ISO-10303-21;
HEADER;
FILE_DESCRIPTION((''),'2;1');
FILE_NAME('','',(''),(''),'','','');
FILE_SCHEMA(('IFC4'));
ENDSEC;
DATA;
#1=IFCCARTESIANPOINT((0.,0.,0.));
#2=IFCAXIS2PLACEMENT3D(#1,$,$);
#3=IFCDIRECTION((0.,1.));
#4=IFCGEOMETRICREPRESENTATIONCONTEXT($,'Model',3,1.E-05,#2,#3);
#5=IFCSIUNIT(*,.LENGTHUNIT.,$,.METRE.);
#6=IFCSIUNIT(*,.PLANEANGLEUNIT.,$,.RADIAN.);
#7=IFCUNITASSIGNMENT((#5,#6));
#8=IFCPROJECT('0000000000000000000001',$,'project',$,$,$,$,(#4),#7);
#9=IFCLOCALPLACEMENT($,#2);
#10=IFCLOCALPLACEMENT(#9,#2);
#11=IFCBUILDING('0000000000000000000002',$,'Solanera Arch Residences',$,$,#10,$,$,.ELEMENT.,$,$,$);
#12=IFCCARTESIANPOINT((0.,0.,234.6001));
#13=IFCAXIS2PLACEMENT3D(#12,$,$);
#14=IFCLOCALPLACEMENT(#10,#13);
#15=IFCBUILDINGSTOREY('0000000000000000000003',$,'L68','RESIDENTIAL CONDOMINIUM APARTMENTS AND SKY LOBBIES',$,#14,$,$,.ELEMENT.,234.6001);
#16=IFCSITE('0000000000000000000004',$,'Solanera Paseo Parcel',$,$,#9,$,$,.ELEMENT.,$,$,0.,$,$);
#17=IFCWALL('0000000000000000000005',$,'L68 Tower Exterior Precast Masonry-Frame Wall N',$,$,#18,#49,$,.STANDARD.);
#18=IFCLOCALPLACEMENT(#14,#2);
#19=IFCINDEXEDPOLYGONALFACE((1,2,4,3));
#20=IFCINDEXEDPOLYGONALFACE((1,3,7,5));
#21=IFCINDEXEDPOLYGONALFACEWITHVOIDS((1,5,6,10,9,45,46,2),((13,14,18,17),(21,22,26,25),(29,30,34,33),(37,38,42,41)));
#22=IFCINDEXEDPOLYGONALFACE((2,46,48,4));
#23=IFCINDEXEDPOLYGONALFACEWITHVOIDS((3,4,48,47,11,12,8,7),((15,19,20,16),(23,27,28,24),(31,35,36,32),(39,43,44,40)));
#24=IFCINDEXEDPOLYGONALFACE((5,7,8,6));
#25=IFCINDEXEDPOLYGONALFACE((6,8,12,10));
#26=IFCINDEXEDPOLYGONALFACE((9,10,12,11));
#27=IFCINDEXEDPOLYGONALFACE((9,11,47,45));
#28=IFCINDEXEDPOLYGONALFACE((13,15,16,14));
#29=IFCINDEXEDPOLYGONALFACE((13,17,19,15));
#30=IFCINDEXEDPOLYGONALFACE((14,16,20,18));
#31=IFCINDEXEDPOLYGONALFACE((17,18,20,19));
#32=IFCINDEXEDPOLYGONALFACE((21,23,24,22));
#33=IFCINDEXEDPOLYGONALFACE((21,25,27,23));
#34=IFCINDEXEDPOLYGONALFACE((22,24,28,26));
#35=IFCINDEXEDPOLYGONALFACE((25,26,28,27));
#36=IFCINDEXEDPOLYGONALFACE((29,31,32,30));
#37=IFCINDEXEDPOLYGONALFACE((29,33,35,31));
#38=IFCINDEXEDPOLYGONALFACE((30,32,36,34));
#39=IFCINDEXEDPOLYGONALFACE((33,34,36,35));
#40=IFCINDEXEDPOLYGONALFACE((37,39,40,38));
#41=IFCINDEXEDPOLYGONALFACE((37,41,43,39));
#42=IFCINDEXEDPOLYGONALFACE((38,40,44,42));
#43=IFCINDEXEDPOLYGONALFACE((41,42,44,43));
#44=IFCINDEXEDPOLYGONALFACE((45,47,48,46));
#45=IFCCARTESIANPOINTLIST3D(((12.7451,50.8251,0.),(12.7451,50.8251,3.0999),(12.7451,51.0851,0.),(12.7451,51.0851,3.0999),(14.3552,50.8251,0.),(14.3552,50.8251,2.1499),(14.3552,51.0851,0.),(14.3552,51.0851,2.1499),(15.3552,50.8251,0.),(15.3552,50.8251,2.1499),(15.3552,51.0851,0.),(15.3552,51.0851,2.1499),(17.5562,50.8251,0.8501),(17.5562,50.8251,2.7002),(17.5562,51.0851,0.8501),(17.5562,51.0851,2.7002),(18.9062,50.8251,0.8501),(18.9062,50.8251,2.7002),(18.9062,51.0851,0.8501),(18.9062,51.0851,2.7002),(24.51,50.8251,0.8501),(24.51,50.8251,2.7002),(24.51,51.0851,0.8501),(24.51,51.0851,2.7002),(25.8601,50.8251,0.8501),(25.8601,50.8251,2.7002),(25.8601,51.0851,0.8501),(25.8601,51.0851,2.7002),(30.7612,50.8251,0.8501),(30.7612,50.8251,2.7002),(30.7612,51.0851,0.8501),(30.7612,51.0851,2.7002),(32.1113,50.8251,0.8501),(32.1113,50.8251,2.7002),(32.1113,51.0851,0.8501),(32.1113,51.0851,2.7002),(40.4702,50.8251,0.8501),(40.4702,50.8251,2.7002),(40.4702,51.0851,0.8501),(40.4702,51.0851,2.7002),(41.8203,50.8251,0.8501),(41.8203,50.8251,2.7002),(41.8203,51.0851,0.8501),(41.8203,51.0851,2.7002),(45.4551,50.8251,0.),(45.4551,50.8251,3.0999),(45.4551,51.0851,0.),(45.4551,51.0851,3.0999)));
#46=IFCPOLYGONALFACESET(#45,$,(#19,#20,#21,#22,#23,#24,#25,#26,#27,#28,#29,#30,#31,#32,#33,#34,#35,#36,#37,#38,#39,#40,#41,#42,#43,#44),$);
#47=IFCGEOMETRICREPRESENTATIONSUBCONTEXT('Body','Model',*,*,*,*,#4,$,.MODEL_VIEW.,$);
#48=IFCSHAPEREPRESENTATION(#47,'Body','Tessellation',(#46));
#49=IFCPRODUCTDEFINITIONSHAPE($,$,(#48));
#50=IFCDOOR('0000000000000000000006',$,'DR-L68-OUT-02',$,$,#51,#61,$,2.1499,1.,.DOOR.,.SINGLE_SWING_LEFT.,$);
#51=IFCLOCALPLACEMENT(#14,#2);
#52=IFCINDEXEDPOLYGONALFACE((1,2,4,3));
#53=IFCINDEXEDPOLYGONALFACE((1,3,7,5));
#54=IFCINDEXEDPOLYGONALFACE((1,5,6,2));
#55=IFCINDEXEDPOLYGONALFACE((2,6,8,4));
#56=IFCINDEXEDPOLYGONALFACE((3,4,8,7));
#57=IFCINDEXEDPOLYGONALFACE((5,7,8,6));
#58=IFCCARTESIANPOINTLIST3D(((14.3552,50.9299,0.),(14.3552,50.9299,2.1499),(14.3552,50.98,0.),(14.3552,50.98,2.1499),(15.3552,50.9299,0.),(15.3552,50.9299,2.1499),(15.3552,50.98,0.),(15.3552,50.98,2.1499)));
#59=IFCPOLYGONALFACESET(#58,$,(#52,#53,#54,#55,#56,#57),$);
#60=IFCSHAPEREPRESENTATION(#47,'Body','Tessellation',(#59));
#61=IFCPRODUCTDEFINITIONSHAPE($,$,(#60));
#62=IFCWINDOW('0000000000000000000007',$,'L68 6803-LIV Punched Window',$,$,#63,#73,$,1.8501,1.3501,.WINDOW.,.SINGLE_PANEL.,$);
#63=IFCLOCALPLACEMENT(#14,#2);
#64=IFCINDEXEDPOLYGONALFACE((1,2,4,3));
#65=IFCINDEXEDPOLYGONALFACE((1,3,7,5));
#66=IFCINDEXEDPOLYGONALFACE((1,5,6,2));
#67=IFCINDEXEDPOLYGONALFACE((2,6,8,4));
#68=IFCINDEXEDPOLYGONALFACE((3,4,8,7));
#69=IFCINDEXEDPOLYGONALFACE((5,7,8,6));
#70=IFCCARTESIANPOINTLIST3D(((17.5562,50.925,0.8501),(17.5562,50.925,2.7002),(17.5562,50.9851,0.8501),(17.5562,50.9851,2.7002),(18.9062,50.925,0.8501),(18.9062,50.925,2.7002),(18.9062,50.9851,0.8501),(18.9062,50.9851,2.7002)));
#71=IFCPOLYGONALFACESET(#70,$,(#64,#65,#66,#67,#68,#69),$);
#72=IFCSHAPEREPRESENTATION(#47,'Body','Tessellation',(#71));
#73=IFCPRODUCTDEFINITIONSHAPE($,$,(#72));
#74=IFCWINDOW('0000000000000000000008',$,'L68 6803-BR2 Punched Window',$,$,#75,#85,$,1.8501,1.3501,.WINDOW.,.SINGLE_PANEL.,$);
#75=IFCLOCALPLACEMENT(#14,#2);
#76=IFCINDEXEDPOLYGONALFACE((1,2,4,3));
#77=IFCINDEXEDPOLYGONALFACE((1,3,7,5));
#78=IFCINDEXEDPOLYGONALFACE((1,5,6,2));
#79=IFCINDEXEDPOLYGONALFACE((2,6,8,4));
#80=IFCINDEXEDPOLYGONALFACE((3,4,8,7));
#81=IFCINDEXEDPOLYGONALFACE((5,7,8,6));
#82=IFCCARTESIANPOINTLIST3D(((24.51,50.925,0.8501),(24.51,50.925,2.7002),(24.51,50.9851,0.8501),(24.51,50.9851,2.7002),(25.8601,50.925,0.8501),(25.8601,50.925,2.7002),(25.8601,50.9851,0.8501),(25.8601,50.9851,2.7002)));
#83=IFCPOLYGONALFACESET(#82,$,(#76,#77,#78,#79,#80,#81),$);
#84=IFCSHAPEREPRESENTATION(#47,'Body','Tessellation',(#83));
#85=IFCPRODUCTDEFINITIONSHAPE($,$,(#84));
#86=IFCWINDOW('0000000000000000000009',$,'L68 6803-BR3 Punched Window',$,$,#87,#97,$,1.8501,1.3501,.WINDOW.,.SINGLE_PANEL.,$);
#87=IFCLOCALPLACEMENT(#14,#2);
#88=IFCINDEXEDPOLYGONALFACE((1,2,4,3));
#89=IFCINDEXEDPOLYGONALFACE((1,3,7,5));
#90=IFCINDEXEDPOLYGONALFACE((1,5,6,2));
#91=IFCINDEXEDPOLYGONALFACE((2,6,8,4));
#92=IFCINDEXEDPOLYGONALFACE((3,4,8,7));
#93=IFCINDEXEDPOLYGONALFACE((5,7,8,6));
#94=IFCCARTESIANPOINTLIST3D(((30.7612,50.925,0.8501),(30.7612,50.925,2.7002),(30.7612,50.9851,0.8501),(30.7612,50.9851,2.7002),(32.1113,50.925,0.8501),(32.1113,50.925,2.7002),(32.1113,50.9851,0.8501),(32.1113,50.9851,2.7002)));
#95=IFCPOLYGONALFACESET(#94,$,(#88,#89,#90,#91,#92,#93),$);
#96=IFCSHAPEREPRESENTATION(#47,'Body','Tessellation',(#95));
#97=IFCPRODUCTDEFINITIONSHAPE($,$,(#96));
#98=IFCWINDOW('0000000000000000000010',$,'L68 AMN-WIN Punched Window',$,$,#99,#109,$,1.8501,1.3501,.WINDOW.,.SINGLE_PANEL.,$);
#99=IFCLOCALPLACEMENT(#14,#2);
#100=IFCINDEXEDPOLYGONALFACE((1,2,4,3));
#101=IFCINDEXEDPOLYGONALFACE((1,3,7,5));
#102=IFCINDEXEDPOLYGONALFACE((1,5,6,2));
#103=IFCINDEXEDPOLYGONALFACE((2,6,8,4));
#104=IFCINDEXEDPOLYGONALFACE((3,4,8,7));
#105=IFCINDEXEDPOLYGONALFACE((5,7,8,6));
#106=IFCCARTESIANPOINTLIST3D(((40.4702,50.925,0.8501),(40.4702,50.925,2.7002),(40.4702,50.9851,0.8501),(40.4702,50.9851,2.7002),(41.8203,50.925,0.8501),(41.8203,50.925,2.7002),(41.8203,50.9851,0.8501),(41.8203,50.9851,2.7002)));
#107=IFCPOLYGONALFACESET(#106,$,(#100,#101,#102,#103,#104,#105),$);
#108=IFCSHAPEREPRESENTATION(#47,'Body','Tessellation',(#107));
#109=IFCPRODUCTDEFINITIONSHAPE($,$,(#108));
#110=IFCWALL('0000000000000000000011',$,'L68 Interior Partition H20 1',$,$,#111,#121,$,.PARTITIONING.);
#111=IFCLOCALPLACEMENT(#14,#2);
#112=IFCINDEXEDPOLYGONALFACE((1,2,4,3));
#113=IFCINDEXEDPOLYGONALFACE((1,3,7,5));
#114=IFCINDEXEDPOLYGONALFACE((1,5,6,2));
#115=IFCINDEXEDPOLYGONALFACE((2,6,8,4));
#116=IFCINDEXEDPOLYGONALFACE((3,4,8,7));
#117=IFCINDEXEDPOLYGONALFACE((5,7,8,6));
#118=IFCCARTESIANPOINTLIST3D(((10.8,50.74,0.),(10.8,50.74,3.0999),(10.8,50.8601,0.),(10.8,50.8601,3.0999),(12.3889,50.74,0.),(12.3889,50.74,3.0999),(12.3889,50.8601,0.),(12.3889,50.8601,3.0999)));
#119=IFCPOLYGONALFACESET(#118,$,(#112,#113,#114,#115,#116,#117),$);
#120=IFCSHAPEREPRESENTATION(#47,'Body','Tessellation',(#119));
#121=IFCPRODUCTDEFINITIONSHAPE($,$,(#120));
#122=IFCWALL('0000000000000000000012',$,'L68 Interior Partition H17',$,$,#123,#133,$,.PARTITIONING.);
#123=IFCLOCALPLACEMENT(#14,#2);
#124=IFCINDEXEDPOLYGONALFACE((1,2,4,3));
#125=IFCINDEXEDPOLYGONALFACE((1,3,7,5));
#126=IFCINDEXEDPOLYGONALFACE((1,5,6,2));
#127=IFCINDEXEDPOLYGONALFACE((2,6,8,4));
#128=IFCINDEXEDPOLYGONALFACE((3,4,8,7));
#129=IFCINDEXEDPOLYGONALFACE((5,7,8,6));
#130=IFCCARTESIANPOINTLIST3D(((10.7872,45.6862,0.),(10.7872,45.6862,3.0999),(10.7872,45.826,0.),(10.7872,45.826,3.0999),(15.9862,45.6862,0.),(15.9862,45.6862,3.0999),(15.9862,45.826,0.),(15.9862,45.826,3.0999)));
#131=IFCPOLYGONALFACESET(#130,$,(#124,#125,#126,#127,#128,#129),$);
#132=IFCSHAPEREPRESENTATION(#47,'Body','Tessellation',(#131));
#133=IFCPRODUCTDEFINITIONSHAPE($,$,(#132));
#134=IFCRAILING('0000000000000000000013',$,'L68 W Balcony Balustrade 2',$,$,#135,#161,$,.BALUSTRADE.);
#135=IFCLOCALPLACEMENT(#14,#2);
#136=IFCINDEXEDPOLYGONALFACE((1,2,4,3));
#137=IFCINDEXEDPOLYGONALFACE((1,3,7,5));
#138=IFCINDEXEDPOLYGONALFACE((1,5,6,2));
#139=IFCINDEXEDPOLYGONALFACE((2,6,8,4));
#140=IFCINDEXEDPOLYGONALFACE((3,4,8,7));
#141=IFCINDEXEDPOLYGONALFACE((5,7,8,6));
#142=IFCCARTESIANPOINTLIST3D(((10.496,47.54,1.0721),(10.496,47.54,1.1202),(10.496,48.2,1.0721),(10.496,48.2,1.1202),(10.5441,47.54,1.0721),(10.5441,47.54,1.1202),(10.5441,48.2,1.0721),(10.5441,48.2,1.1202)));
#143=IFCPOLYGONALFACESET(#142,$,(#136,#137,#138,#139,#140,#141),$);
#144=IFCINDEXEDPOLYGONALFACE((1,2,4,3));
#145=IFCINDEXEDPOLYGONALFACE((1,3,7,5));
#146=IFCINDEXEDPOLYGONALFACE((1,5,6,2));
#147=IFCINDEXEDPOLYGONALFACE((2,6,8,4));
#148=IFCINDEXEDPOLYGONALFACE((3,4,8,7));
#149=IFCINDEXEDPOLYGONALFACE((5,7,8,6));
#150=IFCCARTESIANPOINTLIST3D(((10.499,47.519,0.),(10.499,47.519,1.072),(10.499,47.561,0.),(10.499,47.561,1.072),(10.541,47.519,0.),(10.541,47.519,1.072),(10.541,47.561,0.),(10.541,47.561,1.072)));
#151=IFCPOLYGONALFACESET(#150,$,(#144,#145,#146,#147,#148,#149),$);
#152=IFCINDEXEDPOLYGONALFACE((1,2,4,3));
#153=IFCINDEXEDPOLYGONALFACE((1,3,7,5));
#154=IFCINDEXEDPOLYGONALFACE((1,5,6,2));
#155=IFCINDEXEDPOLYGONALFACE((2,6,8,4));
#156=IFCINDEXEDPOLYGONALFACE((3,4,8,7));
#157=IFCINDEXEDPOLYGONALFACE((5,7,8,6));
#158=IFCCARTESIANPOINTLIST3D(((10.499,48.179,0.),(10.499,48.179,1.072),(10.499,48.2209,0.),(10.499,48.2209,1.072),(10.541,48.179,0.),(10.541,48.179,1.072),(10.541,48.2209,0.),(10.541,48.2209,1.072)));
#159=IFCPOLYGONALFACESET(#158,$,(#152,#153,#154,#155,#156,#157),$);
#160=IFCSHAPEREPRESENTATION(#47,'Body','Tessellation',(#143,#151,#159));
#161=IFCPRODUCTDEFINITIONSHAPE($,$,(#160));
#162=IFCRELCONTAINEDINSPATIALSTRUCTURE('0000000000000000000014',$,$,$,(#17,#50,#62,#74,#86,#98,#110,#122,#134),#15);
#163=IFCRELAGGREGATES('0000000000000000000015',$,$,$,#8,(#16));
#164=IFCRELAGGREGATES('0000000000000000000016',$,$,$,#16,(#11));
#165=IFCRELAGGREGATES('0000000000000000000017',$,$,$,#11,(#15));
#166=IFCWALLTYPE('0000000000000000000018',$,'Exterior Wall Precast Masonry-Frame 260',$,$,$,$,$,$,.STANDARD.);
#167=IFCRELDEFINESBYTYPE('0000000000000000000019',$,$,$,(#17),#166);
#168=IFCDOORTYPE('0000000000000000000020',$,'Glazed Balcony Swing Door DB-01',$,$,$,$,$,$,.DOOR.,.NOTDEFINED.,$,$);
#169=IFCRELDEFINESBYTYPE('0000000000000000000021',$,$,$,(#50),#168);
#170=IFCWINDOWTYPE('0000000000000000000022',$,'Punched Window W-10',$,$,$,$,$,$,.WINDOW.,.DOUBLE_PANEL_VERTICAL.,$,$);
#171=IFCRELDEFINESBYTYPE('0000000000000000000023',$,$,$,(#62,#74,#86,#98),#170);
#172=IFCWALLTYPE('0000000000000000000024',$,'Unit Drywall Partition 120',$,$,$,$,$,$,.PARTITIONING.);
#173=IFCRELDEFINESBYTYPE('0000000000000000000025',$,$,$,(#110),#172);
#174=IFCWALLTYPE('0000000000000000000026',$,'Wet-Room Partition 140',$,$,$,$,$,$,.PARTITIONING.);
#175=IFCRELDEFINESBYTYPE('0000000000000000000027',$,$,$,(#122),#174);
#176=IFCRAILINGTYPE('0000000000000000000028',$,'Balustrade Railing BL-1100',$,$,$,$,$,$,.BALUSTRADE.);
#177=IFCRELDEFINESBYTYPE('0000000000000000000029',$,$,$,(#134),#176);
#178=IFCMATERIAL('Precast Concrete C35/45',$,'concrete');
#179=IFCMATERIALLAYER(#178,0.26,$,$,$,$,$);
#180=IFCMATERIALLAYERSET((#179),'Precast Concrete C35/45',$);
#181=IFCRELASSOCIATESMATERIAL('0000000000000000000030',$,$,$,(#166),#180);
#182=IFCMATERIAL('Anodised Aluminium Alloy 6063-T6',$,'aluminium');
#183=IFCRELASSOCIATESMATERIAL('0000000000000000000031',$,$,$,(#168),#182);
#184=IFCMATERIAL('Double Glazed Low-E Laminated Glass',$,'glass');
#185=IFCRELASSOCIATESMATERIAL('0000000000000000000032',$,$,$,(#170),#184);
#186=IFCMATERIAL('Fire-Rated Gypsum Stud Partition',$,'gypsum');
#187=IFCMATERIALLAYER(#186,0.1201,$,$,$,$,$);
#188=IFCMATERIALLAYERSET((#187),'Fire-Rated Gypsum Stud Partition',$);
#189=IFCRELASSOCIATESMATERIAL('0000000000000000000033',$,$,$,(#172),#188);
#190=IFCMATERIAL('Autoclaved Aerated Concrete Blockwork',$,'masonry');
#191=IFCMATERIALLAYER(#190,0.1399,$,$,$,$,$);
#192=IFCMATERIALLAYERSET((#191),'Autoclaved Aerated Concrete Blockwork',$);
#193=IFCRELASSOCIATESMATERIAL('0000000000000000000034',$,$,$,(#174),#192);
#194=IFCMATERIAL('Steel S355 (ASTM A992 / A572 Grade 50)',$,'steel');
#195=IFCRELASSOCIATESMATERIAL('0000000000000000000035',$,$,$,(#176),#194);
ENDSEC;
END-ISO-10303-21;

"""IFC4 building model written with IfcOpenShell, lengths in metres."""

from ifc_helpers import new_model, si_unit, direction, frame, frame_2d, origin, origin_2d, place, context, subcontext, project, spatial, rectangle, extrude, material, layer, layer_set, type_object, element, fill, save


model = new_model("IFC4")

# Units and contexts
model_context = context("Model", 3, precision=1e-05, world=origin(), true_north=direction((0.0, 1.0)))
body_context = subcontext(model_context, "Body", "Model", "MODEL_VIEW")
ifc_project = project(units=[si_unit("LENGTHUNIT", "METRE"), si_unit("PLANEANGLEUNIT", "RADIAN")], contexts=[model_context])

# Site, building, storey
site_placement = place(None, origin())
site = spatial("IfcSite", under=ifc_project, at=site_placement, Name="Solanera Paseo Parcel", CompositionType="ELEMENT", RefElevation=0.0)
building_placement = place(site_placement, origin())
building = spatial("IfcBuilding", under=site, at=building_placement, Name="Solanera Arch Residences", CompositionType="ELEMENT")
storey_placement = place(building_placement, frame((0.0, 0.0, 234.6001)))
storey = spatial("IfcBuildingStorey", under=building, at=storey_placement, Name="L68", Description="RESIDENTIAL CONDOMINIUM APARTMENTS AND SKY LOBBIES", CompositionType="ELEMENT", Elevation=234.6001)

# Shared definitions
ifc_material_1 = material(Name="Precast Concrete C35/45", Category="concrete")
ifc_layer_1 = layer(ifc_material_1, 0.26)
ifc_layer_set_1 = layer_set([ifc_layer_1], Name="Precast Concrete C35/45")
wall_type_1 = type_object("IfcWallType", Name="Exterior Wall Precast Masonry-Frame 260", PredefinedType="STANDARD", material=ifc_layer_set_1)

# Wall, openings, door, windows
wall_1_placement = place(storey_placement, frame((12.7451, 50.9551, 0.0), z_axis=(0.0, 0.0, 1.0), x_axis=(1.0, 0.0, 0.0)))
wall_1 = element("IfcWall", 1, at=wall_1_placement, inside=storey, type_object=wall_type_1, Name="L68 Tower Exterior Precast Masonry-Frame Wall N", PredefinedType="STANDARD", context=body_context, shape_type="SweptSolid", body=[
    extrude(rectangle(XDim=32.71, YDim=0.26, at=frame_2d((16.355, 0.0))), origin(), (0.0, 0.0, 1.0), 3.0999),
])
opening_1_placement = place(wall_1_placement, frame((1.6101, 0.0, 0.0)))
opening_1 = element("IfcOpeningElement", 2, at=opening_1_placement, cuts=wall_1, PredefinedType="OPENING", context=body_context, shape_type="SweptSolid", body=[
    extrude(rectangle(XDim=1.0, YDim=2.1499, at=frame_2d((0.5, 1.075))), frame((0.0, 0.1399, 0.0), z_axis=(0.0, -1.0, 0.0), x_axis=(1.0, 0.0, 0.0)), (0.0, 0.0, 1.0), 0.28),
])
opening_2_placement = place(wall_1_placement, frame((4.811, 0.0, 0.8501)))
opening_2 = element("IfcOpeningElement", 3, at=opening_2_placement, cuts=wall_1, PredefinedType="OPENING", context=body_context, shape_type="SweptSolid", body=[
    extrude(rectangle(XDim=1.3501, YDim=1.8501, at=frame_2d((0.675, 0.925))), frame((0.0, 0.1399, 0.0), z_axis=(0.0, -1.0, 0.0), x_axis=(1.0, 0.0, 0.0)), (0.0, 0.0, 1.0), 0.28),
])
opening_3_placement = place(wall_1_placement, frame((11.7649, 0.0, 0.8501)))
opening_3 = element("IfcOpeningElement", 4, at=opening_3_placement, cuts=wall_1, PredefinedType="OPENING", context=body_context, shape_type="SweptSolid", body=[
    extrude(rectangle(XDim=1.3501, YDim=1.8501, at=frame_2d((0.675, 0.925))), frame((0.0, 0.1399, 0.0), z_axis=(0.0, -1.0, 0.0), x_axis=(1.0, 0.0, 0.0)), (0.0, 0.0, 1.0), 0.28),
])
opening_4_placement = place(wall_1_placement, frame((18.0161, 0.0, 0.8501)))
opening_4 = element("IfcOpeningElement", 5, at=opening_4_placement, cuts=wall_1, PredefinedType="OPENING", context=body_context, shape_type="SweptSolid", body=[
    extrude(rectangle(XDim=1.3501, YDim=1.8501, at=frame_2d((0.675, 0.925))), frame((0.0, 0.1399, 0.0), z_axis=(0.0, -1.0, 0.0), x_axis=(1.0, 0.0, 0.0)), (0.0, 0.0, 1.0), 0.28),
])
opening_5_placement = place(wall_1_placement, frame((27.7251, 0.0, 0.8501)))
opening_5 = element("IfcOpeningElement", 6, at=opening_5_placement, cuts=wall_1, PredefinedType="OPENING", context=body_context, shape_type="SweptSolid", body=[
    extrude(rectangle(XDim=1.3501, YDim=1.8501, at=frame_2d((0.675, 0.925))), frame((0.0, 0.1399, 0.0), z_axis=(0.0, -1.0, 0.0), x_axis=(1.0, 0.0, 0.0)), (0.0, 0.0, 1.0), 0.28),
])
ifc_material_2 = material(Name="Anodised Aluminium Alloy 6063-T6", Category="aluminium")
door_type_1 = type_object("IfcDoorType", Name="Glazed Balcony Swing Door DB-01", OperationType="NOTDEFINED", PredefinedType="DOOR", material=ifc_material_2)
door_1_placement = place(opening_1_placement, origin())
door_1 = element("IfcDoor", 7, at=door_1_placement, inside=storey, type_object=door_type_1, Name="DR-L68-OUT-02", OperationType="SINGLE_SWING_LEFT", OverallHeight=2.1499, OverallWidth=1.0, PredefinedType="DOOR", context=body_context, shape_type="SweptSolid", body=[
    extrude(rectangle(XDim=1.0, YDim=2.1499, at=frame_2d((0.5, 1.075))), frame((0.0, 0.0249, 0.0), z_axis=(0.0, -1.0, 0.0), x_axis=(1.0, 0.0, 0.0)), (0.0, 0.0, 1.0), 0.05),
])
fill(opening_1, door_1)
ifc_material_3 = material(Name="Double Glazed Low-E Laminated Glass", Category="glass")
window_type = type_object("IfcWindowType", Name="Punched Window W-10", PartitioningType="DOUBLE_PANEL_VERTICAL", PredefinedType="WINDOW", material=ifc_material_3)
window_1_placement = place(opening_2_placement, origin())
window_1 = element("IfcWindow", 8, at=window_1_placement, inside=storey, type_object=window_type, Name="L68 6803-LIV Punched Window", OverallHeight=1.8501, OverallWidth=1.3501, PartitioningType="SINGLE_PANEL", PredefinedType="WINDOW", context=body_context, shape_type="SweptSolid", body=[
    extrude(rectangle(XDim=1.3501, YDim=1.8501, at=frame_2d((0.675, 0.925))), frame((0.0, 0.03, 0.0), z_axis=(0.0, -1.0, 0.0), x_axis=(1.0, 0.0, 0.0)), (0.0, 0.0, 1.0), 0.0601),
])
fill(opening_2, window_1)
window_2_placement = place(opening_3_placement, origin())
window_2 = element("IfcWindow", 9, at=window_2_placement, inside=storey, type_object=window_type, Name="L68 6803-BR2 Punched Window", OverallHeight=1.8501, OverallWidth=1.3501, PartitioningType="SINGLE_PANEL", PredefinedType="WINDOW", context=body_context, shape_type="SweptSolid", body=[
    extrude(rectangle(XDim=1.3501, YDim=1.8501, at=frame_2d((0.675, 0.925))), frame((0.0, 0.03, 0.0), z_axis=(0.0, -1.0, 0.0), x_axis=(1.0, 0.0, 0.0)), (0.0, 0.0, 1.0), 0.0601),
])
fill(opening_3, window_2)
window_3_placement = place(opening_4_placement, origin())
window_3 = element("IfcWindow", 10, at=window_3_placement, inside=storey, type_object=window_type, Name="L68 6803-BR3 Punched Window", OverallHeight=1.8501, OverallWidth=1.3501, PartitioningType="SINGLE_PANEL", PredefinedType="WINDOW", context=body_context, shape_type="SweptSolid", body=[
    extrude(rectangle(XDim=1.3501, YDim=1.8501, at=frame_2d((0.675, 0.925))), frame((0.0, 0.03, 0.0), z_axis=(0.0, -1.0, 0.0), x_axis=(1.0, 0.0, 0.0)), (0.0, 0.0, 1.0), 0.0601),
])
fill(opening_4, window_3)
window_4_placement = place(opening_5_placement, origin())
window_4 = element("IfcWindow", 11, at=window_4_placement, inside=storey, type_object=window_type, Name="L68 AMN-WIN Punched Window", OverallHeight=1.8501, OverallWidth=1.3501, PartitioningType="SINGLE_PANEL", PredefinedType="WINDOW", context=body_context, shape_type="SweptSolid", body=[
    extrude(rectangle(XDim=1.3501, YDim=1.8501, at=frame_2d((0.675, 0.925))), frame((0.0, 0.03, 0.0), z_axis=(0.0, -1.0, 0.0), x_axis=(1.0, 0.0, 0.0)), (0.0, 0.0, 1.0), 0.0601),
])
fill(opening_5, window_4)

# Walls
ifc_material_4 = material(Name="Fire-Rated Gypsum Stud Partition", Category="gypsum")
ifc_layer_2 = layer(ifc_material_4, 0.1201)
ifc_layer_set_2 = layer_set([ifc_layer_2], Name="Fire-Rated Gypsum Stud Partition")
wall_type_2 = type_object("IfcWallType", Name="Unit Drywall Partition 120", PredefinedType="PARTITIONING", material=ifc_layer_set_2)
wall_2_placement = place(storey_placement, frame((10.8, 50.8, 0.0), z_axis=(0.0, 0.0, 1.0), x_axis=(1.0, 0.0, 0.0)))
element("IfcWall", 12, at=wall_2_placement, inside=storey, type_object=wall_type_2, Name="L68 Interior Partition H20 1", PredefinedType="PARTITIONING", context=body_context, shape_type="SweptSolid", body=[
    extrude(rectangle(XDim=1.5889, YDim=0.1201, at=frame_2d((0.7944, 0.0))), origin(), (0.0, 0.0, 1.0), 3.0999),
])
ifc_material_5 = material(Name="Autoclaved Aerated Concrete Blockwork", Category="masonry")
ifc_layer_3 = layer(ifc_material_5, 0.1399)
ifc_layer_set_3 = layer_set([ifc_layer_3], Name="Autoclaved Aerated Concrete Blockwork")
wall_type_3 = type_object("IfcWallType", Name="Wet-Room Partition 140", PredefinedType="PARTITIONING", material=ifc_layer_set_3)
wall_3_placement = place(storey_placement, frame((10.7871, 45.7561, 0.0), z_axis=(0.0, 0.0, 1.0), x_axis=(1.0, 0.0, 0.0)))
element("IfcWall", 13, at=wall_3_placement, inside=storey, type_object=wall_type_3, Name="L68 Interior Partition H17", PredefinedType="PARTITIONING", context=body_context, shape_type="SweptSolid", body=[
    extrude(rectangle(XDim=5.199, YDim=0.1399, at=frame_2d((2.5996, 0.0))), origin(), (0.0, 0.0, 1.0), 3.0999),
])

# Railing
ifc_material_6 = material(Name="Steel S355 (ASTM A992 / A572 Grade 50)", Category="steel")
railing_type = type_object("IfcRailingType", Name="Balustrade Railing BL-1100", PredefinedType="BALUSTRADE", material=ifc_material_6)
railing_1_placement = place(storey_placement, frame((10.52, 47.54, 0.0)))
element("IfcRailing", 14, at=railing_1_placement, inside=storey, type_object=railing_type, Name="L68 W Balcony Balustrade 2", PredefinedType="BALUSTRADE", context=body_context, shape_type="SweptSolid", body=[
    extrude(rectangle(XDim=0.0481, YDim=0.0481, at=origin_2d()), frame((0.0, 0.0, 1.0962), z_axis=(0.0, 1.0, 0.0), x_axis=(-1.0, 0.0, 0.0)), (0.0, 0.0, 1.0), 0.6599),
    extrude(rectangle(XDim=0.042, YDim=0.042, at=origin_2d()), origin(), (0.0, 0.0, 1.0), 1.072),
    extrude(rectangle(XDim=0.042, YDim=0.042, at=origin_2d()), frame((0.0, 0.6599, 0.0)), (0.0, 0.0, 1.0), 1.072),
])

save(model, "model.ifc")
